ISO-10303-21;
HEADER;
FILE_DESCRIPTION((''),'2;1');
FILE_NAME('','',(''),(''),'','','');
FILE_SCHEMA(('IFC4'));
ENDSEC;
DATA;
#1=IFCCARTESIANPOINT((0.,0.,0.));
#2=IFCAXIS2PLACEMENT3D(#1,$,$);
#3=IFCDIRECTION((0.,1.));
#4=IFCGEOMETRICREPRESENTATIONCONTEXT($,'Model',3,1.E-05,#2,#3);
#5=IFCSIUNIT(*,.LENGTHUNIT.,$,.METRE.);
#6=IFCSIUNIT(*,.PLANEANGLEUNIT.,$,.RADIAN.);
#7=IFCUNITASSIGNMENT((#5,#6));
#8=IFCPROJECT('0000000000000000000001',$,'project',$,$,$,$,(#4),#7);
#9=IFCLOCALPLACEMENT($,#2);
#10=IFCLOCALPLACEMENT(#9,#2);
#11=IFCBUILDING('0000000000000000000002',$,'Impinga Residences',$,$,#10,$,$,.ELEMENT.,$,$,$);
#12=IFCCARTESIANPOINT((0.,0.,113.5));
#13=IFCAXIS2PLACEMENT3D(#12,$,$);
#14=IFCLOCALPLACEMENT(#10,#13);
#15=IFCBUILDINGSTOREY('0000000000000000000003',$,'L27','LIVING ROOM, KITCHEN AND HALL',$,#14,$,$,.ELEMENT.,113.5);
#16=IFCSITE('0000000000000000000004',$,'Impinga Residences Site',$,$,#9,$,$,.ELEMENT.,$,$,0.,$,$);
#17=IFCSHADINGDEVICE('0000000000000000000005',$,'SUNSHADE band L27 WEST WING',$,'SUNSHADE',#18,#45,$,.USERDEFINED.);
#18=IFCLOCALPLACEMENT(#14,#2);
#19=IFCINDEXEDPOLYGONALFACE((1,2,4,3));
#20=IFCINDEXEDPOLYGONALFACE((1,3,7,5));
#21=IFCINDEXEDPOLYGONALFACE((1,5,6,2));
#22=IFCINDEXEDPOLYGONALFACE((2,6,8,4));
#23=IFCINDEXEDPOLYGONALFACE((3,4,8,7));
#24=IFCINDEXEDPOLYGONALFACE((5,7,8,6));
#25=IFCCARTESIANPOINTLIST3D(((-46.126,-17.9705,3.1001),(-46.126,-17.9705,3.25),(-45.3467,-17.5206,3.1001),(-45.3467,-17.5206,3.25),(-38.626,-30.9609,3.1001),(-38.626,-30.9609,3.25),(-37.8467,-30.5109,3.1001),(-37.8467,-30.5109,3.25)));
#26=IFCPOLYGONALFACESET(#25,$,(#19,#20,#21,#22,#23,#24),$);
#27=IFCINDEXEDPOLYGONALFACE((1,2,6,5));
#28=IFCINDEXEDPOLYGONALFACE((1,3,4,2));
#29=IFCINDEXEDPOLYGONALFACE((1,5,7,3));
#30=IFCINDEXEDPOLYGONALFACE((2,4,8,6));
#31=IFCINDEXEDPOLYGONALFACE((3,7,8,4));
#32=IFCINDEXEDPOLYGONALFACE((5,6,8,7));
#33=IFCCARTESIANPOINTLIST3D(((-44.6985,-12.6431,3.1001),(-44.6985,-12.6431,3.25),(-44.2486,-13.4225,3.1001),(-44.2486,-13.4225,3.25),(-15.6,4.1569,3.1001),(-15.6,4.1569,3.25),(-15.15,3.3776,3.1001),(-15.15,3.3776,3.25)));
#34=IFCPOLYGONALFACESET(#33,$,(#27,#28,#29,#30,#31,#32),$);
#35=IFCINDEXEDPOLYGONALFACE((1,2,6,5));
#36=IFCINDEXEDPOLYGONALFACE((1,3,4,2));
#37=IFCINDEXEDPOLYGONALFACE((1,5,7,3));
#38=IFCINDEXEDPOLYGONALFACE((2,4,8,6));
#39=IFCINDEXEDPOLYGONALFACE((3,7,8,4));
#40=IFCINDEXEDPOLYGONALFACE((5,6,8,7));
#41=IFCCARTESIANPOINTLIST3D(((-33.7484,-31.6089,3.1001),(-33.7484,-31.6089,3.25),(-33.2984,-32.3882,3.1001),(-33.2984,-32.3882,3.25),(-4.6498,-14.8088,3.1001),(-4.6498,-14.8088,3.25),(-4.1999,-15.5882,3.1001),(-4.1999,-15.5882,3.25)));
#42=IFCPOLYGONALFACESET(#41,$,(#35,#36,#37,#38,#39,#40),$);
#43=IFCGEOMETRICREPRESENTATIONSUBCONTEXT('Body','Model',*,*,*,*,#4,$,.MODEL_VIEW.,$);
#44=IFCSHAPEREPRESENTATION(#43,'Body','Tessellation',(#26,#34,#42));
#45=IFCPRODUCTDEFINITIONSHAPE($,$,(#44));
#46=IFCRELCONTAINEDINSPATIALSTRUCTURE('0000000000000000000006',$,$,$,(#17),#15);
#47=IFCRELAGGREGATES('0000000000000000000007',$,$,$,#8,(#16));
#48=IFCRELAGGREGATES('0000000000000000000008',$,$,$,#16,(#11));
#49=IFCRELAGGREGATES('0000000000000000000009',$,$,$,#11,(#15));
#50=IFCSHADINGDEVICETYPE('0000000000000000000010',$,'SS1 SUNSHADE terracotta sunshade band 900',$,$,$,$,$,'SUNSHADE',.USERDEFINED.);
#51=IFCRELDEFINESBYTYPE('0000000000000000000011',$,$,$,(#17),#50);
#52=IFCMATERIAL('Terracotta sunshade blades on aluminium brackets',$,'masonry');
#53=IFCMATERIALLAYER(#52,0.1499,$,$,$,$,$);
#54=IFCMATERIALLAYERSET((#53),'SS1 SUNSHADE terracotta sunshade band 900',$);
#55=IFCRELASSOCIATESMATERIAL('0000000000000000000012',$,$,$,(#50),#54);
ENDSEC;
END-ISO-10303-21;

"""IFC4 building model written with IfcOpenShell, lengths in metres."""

from ifc_helpers import new_model, si_unit, direction, frame, origin, origin_2d, place, context, subcontext, project, spatial, rectangle, extrude, material, layer, layer_set, type_object, element, save


model = new_model("IFC4")

# Units and contexts
model_context = context("Model", 3, precision=1e-05, world=origin(), true_north=direction((0.0, 1.0)))
body_context = subcontext(model_context, "Body", "Model", "MODEL_VIEW")
ifc_project = project(units=[si_unit("LENGTHUNIT", "METRE"), si_unit("PLANEANGLEUNIT", "RADIAN")], contexts=[model_context])

# Site, building, storey
site_placement = place(None, origin())
site = spatial("IfcSite", under=ifc_project, at=site_placement, Name="Impinga Residences Site", CompositionType="ELEMENT", RefElevation=0.0)
building_placement = place(site_placement, origin())
building = spatial("IfcBuilding", under=site, at=building_placement, Name="Impinga Residences", CompositionType="ELEMENT")
storey_placement = place(building_placement, frame((0.0, 0.0, 113.5)))
storey = spatial("IfcBuildingStorey", under=building, at=storey_placement, Name="L27", Description="LIVING ROOM, KITCHEN AND HALL", CompositionType="ELEMENT", Elevation=113.5)

# Shading device
ifc_material_1 = material(Name="Terracotta sunshade blades on aluminium brackets", Category="masonry")
ifc_layer_1 = layer(ifc_material_1, 0.1499)
ifc_layer_set_1 = layer_set([ifc_layer_1], Name="SS1 SUNSHADE terracotta sunshade band 900")
shading_device_type = type_object("IfcShadingDeviceType", Name="SS1 SUNSHADE terracotta sunshade band 900", ElementType="SUNSHADE", PredefinedType="USERDEFINED", material=ifc_layer_set_1)
shading_device_placement = place(storey_placement, frame((-41.9863, -24.2407, 3.1001), z_axis=(0.0, 0.0, 1.0), x_axis=(-0.5, 0.866025, 0.0)))
element("IfcShadingDevice", 1, at=shading_device_placement, inside=storey, type_object=shading_device_type, Name="SUNSHADE band L27 WEST WING", ObjectType="SUNSHADE", PredefinedType="USERDEFINED", context=body_context, shape_type="SweptSolid", body=[
    extrude(rectangle(XDim=15.0, YDim=0.8999, at=origin_2d()), origin(), (0.0, 0.0, 1.0), 0.1499),
    extrude(rectangle(XDim=33.6001, YDim=0.8999, at=origin_2d()), frame((10.95, -20.25, 0.0), z_axis=(0.0, 0.0, 1.0), x_axis=(0.0, -1.0, 0.0)), (0.0, 0.0, 1.0), 0.1499),
    extrude(rectangle(XDim=33.6001, YDim=0.8999, at=origin_2d()), frame((-10.95, -20.2502, 0.0), z_axis=(0.0, 0.0, 1.0), x_axis=(0.0, 1.0, 0.0)), (0.0, 0.0, 1.0), 0.1499),
])

save(model, "model.ifc")
